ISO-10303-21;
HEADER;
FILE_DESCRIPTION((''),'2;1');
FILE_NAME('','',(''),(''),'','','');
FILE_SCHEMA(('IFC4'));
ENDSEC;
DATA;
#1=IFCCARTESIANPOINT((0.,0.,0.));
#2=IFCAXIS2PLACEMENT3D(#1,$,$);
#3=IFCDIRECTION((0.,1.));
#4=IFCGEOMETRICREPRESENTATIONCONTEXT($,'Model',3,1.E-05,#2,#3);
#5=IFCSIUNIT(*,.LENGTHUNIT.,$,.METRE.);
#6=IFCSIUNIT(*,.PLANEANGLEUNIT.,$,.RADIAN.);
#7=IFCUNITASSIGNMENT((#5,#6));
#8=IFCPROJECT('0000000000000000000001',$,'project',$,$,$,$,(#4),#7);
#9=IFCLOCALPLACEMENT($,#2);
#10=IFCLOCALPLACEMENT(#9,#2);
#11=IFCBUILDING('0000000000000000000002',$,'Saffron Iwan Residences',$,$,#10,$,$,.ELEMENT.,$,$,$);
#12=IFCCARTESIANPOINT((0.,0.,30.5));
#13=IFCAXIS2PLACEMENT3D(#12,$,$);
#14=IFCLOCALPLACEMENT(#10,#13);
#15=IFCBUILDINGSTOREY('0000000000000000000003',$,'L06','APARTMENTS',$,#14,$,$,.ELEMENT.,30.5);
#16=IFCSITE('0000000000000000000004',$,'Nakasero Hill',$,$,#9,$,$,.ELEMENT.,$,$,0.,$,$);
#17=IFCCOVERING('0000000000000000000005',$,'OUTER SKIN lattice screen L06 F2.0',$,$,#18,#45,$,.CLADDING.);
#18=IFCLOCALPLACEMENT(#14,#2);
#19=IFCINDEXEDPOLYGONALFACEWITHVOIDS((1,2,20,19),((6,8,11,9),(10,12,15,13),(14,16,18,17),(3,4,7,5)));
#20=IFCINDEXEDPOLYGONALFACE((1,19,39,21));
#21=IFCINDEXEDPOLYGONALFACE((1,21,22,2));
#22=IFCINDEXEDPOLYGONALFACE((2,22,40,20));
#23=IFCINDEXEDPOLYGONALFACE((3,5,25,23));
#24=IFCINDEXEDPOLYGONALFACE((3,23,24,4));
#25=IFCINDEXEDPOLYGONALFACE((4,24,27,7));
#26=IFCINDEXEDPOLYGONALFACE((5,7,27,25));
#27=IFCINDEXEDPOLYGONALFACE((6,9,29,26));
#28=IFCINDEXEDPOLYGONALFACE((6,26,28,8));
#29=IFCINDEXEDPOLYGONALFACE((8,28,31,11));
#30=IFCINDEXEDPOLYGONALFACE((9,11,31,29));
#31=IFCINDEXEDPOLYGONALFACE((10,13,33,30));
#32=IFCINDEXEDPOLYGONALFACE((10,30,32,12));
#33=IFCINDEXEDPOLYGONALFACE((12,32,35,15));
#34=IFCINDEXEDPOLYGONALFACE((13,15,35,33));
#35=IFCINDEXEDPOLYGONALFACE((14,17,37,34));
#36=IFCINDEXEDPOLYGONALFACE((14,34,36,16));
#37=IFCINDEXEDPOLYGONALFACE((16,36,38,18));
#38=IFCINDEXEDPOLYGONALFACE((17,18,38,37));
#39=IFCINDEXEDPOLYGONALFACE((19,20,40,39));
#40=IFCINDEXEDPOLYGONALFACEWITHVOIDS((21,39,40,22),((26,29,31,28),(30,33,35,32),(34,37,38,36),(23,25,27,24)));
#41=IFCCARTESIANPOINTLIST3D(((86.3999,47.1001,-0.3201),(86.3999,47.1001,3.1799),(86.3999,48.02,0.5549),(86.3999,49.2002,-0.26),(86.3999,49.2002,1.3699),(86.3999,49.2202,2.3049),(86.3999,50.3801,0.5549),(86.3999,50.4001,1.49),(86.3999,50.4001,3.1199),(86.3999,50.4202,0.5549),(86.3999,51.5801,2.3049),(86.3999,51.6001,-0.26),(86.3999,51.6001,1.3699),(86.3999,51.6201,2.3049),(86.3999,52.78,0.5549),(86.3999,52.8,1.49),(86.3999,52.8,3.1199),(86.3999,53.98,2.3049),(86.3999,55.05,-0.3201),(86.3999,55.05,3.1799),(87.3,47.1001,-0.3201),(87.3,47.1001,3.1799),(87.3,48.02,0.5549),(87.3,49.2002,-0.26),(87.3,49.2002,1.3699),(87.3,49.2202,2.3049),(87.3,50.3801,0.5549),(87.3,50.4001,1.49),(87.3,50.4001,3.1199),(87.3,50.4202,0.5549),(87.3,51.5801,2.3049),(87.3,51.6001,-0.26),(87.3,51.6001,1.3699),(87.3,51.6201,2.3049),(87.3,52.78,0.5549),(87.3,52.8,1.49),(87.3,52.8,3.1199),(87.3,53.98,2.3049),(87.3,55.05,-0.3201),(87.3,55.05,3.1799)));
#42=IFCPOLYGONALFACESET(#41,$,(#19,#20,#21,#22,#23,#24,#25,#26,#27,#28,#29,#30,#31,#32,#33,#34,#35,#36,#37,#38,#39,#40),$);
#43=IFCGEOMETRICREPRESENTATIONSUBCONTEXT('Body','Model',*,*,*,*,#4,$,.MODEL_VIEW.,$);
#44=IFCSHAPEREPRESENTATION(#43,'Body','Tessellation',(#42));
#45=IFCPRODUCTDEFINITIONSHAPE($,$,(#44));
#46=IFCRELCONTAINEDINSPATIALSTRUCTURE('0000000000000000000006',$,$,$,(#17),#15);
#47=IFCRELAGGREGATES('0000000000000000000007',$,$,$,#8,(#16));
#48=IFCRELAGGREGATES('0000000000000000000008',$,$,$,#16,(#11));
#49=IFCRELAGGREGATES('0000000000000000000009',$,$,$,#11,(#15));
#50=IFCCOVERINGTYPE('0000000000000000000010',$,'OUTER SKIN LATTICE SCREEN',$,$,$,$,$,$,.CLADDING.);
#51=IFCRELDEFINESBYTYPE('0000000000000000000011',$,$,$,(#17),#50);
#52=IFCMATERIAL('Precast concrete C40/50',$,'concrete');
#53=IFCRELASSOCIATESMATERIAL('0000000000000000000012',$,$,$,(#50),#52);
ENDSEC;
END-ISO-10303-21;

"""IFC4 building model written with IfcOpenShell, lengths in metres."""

from ifc_helpers import new_model, si_unit, direction, frame, origin, place, context, subcontext, project, spatial, polyline, outline, extrude, material, type_object, element, save


model = new_model("IFC4")

# Units and contexts
model_context = context("Model", 3, precision=1e-05, world=origin(), true_north=direction((0.0, 1.0)))
body_context = subcontext(model_context, "Body", "Model", "MODEL_VIEW")
ifc_project = project(units=[si_unit("LENGTHUNIT", "METRE"), si_unit("PLANEANGLEUNIT", "RADIAN")], contexts=[model_context])

# Site, building, storey
site_placement = place(None, origin())
site = spatial("IfcSite", under=ifc_project, at=site_placement, Name="Nakasero Hill", CompositionType="ELEMENT", RefElevation=0.0)
building_placement = place(site_placement, origin())
building = spatial("IfcBuilding", under=site, at=building_placement, Name="Saffron Iwan Residences", CompositionType="ELEMENT")
storey_placement = place(building_placement, frame((0.0, 0.0, 30.5)))
storey = spatial("IfcBuildingStorey", under=building, at=storey_placement, Name="L06", Description="APARTMENTS", CompositionType="ELEMENT", Elevation=30.5)

# Covering
ifc_material_1 = material(Name="Precast concrete C40/50", Category="concrete")
covering_type = type_object("IfcCoveringType", Name="OUTER SKIN LATTICE SCREEN", PredefinedType="CLADDING", material=ifc_material_1)
covering_placement = place(storey_placement, frame((86.3999, 47.1001, -0.3201), z_axis=(1.0, 0.0, 0.0), x_axis=(0.0, 1.0, 0.0)))
element("IfcCovering", 1, at=covering_placement, inside=storey, type_object=covering_type, Name="OUTER SKIN lattice screen L06 F2.0", PredefinedType="CLADDING", context=body_context, shape_type="SweptSolid", body=[
    extrude(outline(polyline([(0.0, 0.0), (7.95, 0.0), (7.95, 3.5), (0.0, 3.5), (0.0, 0.0)]), holes=[polyline([(0.9199, 0.875), (2.1001, 0.0601), (3.28, 0.875), (2.1001, 1.6899), (0.9199, 0.875)]), polyline([(3.3201, 0.875), (4.5, 0.0601), (5.6799, 0.875), (4.5, 1.6899), (3.3201, 0.875)]), polyline([(2.1201, 2.625), (3.3, 1.8101), (4.48, 2.625), (3.3, 3.4399), (2.1201, 2.625)]), polyline([(4.52, 2.625), (5.7, 1.8101), (6.8799, 2.625), (5.7, 3.4399), (4.52, 2.625)])]), origin(), (0.0, 0.0, 1.0), 0.9001),
])

save(model, "model.ifc")
